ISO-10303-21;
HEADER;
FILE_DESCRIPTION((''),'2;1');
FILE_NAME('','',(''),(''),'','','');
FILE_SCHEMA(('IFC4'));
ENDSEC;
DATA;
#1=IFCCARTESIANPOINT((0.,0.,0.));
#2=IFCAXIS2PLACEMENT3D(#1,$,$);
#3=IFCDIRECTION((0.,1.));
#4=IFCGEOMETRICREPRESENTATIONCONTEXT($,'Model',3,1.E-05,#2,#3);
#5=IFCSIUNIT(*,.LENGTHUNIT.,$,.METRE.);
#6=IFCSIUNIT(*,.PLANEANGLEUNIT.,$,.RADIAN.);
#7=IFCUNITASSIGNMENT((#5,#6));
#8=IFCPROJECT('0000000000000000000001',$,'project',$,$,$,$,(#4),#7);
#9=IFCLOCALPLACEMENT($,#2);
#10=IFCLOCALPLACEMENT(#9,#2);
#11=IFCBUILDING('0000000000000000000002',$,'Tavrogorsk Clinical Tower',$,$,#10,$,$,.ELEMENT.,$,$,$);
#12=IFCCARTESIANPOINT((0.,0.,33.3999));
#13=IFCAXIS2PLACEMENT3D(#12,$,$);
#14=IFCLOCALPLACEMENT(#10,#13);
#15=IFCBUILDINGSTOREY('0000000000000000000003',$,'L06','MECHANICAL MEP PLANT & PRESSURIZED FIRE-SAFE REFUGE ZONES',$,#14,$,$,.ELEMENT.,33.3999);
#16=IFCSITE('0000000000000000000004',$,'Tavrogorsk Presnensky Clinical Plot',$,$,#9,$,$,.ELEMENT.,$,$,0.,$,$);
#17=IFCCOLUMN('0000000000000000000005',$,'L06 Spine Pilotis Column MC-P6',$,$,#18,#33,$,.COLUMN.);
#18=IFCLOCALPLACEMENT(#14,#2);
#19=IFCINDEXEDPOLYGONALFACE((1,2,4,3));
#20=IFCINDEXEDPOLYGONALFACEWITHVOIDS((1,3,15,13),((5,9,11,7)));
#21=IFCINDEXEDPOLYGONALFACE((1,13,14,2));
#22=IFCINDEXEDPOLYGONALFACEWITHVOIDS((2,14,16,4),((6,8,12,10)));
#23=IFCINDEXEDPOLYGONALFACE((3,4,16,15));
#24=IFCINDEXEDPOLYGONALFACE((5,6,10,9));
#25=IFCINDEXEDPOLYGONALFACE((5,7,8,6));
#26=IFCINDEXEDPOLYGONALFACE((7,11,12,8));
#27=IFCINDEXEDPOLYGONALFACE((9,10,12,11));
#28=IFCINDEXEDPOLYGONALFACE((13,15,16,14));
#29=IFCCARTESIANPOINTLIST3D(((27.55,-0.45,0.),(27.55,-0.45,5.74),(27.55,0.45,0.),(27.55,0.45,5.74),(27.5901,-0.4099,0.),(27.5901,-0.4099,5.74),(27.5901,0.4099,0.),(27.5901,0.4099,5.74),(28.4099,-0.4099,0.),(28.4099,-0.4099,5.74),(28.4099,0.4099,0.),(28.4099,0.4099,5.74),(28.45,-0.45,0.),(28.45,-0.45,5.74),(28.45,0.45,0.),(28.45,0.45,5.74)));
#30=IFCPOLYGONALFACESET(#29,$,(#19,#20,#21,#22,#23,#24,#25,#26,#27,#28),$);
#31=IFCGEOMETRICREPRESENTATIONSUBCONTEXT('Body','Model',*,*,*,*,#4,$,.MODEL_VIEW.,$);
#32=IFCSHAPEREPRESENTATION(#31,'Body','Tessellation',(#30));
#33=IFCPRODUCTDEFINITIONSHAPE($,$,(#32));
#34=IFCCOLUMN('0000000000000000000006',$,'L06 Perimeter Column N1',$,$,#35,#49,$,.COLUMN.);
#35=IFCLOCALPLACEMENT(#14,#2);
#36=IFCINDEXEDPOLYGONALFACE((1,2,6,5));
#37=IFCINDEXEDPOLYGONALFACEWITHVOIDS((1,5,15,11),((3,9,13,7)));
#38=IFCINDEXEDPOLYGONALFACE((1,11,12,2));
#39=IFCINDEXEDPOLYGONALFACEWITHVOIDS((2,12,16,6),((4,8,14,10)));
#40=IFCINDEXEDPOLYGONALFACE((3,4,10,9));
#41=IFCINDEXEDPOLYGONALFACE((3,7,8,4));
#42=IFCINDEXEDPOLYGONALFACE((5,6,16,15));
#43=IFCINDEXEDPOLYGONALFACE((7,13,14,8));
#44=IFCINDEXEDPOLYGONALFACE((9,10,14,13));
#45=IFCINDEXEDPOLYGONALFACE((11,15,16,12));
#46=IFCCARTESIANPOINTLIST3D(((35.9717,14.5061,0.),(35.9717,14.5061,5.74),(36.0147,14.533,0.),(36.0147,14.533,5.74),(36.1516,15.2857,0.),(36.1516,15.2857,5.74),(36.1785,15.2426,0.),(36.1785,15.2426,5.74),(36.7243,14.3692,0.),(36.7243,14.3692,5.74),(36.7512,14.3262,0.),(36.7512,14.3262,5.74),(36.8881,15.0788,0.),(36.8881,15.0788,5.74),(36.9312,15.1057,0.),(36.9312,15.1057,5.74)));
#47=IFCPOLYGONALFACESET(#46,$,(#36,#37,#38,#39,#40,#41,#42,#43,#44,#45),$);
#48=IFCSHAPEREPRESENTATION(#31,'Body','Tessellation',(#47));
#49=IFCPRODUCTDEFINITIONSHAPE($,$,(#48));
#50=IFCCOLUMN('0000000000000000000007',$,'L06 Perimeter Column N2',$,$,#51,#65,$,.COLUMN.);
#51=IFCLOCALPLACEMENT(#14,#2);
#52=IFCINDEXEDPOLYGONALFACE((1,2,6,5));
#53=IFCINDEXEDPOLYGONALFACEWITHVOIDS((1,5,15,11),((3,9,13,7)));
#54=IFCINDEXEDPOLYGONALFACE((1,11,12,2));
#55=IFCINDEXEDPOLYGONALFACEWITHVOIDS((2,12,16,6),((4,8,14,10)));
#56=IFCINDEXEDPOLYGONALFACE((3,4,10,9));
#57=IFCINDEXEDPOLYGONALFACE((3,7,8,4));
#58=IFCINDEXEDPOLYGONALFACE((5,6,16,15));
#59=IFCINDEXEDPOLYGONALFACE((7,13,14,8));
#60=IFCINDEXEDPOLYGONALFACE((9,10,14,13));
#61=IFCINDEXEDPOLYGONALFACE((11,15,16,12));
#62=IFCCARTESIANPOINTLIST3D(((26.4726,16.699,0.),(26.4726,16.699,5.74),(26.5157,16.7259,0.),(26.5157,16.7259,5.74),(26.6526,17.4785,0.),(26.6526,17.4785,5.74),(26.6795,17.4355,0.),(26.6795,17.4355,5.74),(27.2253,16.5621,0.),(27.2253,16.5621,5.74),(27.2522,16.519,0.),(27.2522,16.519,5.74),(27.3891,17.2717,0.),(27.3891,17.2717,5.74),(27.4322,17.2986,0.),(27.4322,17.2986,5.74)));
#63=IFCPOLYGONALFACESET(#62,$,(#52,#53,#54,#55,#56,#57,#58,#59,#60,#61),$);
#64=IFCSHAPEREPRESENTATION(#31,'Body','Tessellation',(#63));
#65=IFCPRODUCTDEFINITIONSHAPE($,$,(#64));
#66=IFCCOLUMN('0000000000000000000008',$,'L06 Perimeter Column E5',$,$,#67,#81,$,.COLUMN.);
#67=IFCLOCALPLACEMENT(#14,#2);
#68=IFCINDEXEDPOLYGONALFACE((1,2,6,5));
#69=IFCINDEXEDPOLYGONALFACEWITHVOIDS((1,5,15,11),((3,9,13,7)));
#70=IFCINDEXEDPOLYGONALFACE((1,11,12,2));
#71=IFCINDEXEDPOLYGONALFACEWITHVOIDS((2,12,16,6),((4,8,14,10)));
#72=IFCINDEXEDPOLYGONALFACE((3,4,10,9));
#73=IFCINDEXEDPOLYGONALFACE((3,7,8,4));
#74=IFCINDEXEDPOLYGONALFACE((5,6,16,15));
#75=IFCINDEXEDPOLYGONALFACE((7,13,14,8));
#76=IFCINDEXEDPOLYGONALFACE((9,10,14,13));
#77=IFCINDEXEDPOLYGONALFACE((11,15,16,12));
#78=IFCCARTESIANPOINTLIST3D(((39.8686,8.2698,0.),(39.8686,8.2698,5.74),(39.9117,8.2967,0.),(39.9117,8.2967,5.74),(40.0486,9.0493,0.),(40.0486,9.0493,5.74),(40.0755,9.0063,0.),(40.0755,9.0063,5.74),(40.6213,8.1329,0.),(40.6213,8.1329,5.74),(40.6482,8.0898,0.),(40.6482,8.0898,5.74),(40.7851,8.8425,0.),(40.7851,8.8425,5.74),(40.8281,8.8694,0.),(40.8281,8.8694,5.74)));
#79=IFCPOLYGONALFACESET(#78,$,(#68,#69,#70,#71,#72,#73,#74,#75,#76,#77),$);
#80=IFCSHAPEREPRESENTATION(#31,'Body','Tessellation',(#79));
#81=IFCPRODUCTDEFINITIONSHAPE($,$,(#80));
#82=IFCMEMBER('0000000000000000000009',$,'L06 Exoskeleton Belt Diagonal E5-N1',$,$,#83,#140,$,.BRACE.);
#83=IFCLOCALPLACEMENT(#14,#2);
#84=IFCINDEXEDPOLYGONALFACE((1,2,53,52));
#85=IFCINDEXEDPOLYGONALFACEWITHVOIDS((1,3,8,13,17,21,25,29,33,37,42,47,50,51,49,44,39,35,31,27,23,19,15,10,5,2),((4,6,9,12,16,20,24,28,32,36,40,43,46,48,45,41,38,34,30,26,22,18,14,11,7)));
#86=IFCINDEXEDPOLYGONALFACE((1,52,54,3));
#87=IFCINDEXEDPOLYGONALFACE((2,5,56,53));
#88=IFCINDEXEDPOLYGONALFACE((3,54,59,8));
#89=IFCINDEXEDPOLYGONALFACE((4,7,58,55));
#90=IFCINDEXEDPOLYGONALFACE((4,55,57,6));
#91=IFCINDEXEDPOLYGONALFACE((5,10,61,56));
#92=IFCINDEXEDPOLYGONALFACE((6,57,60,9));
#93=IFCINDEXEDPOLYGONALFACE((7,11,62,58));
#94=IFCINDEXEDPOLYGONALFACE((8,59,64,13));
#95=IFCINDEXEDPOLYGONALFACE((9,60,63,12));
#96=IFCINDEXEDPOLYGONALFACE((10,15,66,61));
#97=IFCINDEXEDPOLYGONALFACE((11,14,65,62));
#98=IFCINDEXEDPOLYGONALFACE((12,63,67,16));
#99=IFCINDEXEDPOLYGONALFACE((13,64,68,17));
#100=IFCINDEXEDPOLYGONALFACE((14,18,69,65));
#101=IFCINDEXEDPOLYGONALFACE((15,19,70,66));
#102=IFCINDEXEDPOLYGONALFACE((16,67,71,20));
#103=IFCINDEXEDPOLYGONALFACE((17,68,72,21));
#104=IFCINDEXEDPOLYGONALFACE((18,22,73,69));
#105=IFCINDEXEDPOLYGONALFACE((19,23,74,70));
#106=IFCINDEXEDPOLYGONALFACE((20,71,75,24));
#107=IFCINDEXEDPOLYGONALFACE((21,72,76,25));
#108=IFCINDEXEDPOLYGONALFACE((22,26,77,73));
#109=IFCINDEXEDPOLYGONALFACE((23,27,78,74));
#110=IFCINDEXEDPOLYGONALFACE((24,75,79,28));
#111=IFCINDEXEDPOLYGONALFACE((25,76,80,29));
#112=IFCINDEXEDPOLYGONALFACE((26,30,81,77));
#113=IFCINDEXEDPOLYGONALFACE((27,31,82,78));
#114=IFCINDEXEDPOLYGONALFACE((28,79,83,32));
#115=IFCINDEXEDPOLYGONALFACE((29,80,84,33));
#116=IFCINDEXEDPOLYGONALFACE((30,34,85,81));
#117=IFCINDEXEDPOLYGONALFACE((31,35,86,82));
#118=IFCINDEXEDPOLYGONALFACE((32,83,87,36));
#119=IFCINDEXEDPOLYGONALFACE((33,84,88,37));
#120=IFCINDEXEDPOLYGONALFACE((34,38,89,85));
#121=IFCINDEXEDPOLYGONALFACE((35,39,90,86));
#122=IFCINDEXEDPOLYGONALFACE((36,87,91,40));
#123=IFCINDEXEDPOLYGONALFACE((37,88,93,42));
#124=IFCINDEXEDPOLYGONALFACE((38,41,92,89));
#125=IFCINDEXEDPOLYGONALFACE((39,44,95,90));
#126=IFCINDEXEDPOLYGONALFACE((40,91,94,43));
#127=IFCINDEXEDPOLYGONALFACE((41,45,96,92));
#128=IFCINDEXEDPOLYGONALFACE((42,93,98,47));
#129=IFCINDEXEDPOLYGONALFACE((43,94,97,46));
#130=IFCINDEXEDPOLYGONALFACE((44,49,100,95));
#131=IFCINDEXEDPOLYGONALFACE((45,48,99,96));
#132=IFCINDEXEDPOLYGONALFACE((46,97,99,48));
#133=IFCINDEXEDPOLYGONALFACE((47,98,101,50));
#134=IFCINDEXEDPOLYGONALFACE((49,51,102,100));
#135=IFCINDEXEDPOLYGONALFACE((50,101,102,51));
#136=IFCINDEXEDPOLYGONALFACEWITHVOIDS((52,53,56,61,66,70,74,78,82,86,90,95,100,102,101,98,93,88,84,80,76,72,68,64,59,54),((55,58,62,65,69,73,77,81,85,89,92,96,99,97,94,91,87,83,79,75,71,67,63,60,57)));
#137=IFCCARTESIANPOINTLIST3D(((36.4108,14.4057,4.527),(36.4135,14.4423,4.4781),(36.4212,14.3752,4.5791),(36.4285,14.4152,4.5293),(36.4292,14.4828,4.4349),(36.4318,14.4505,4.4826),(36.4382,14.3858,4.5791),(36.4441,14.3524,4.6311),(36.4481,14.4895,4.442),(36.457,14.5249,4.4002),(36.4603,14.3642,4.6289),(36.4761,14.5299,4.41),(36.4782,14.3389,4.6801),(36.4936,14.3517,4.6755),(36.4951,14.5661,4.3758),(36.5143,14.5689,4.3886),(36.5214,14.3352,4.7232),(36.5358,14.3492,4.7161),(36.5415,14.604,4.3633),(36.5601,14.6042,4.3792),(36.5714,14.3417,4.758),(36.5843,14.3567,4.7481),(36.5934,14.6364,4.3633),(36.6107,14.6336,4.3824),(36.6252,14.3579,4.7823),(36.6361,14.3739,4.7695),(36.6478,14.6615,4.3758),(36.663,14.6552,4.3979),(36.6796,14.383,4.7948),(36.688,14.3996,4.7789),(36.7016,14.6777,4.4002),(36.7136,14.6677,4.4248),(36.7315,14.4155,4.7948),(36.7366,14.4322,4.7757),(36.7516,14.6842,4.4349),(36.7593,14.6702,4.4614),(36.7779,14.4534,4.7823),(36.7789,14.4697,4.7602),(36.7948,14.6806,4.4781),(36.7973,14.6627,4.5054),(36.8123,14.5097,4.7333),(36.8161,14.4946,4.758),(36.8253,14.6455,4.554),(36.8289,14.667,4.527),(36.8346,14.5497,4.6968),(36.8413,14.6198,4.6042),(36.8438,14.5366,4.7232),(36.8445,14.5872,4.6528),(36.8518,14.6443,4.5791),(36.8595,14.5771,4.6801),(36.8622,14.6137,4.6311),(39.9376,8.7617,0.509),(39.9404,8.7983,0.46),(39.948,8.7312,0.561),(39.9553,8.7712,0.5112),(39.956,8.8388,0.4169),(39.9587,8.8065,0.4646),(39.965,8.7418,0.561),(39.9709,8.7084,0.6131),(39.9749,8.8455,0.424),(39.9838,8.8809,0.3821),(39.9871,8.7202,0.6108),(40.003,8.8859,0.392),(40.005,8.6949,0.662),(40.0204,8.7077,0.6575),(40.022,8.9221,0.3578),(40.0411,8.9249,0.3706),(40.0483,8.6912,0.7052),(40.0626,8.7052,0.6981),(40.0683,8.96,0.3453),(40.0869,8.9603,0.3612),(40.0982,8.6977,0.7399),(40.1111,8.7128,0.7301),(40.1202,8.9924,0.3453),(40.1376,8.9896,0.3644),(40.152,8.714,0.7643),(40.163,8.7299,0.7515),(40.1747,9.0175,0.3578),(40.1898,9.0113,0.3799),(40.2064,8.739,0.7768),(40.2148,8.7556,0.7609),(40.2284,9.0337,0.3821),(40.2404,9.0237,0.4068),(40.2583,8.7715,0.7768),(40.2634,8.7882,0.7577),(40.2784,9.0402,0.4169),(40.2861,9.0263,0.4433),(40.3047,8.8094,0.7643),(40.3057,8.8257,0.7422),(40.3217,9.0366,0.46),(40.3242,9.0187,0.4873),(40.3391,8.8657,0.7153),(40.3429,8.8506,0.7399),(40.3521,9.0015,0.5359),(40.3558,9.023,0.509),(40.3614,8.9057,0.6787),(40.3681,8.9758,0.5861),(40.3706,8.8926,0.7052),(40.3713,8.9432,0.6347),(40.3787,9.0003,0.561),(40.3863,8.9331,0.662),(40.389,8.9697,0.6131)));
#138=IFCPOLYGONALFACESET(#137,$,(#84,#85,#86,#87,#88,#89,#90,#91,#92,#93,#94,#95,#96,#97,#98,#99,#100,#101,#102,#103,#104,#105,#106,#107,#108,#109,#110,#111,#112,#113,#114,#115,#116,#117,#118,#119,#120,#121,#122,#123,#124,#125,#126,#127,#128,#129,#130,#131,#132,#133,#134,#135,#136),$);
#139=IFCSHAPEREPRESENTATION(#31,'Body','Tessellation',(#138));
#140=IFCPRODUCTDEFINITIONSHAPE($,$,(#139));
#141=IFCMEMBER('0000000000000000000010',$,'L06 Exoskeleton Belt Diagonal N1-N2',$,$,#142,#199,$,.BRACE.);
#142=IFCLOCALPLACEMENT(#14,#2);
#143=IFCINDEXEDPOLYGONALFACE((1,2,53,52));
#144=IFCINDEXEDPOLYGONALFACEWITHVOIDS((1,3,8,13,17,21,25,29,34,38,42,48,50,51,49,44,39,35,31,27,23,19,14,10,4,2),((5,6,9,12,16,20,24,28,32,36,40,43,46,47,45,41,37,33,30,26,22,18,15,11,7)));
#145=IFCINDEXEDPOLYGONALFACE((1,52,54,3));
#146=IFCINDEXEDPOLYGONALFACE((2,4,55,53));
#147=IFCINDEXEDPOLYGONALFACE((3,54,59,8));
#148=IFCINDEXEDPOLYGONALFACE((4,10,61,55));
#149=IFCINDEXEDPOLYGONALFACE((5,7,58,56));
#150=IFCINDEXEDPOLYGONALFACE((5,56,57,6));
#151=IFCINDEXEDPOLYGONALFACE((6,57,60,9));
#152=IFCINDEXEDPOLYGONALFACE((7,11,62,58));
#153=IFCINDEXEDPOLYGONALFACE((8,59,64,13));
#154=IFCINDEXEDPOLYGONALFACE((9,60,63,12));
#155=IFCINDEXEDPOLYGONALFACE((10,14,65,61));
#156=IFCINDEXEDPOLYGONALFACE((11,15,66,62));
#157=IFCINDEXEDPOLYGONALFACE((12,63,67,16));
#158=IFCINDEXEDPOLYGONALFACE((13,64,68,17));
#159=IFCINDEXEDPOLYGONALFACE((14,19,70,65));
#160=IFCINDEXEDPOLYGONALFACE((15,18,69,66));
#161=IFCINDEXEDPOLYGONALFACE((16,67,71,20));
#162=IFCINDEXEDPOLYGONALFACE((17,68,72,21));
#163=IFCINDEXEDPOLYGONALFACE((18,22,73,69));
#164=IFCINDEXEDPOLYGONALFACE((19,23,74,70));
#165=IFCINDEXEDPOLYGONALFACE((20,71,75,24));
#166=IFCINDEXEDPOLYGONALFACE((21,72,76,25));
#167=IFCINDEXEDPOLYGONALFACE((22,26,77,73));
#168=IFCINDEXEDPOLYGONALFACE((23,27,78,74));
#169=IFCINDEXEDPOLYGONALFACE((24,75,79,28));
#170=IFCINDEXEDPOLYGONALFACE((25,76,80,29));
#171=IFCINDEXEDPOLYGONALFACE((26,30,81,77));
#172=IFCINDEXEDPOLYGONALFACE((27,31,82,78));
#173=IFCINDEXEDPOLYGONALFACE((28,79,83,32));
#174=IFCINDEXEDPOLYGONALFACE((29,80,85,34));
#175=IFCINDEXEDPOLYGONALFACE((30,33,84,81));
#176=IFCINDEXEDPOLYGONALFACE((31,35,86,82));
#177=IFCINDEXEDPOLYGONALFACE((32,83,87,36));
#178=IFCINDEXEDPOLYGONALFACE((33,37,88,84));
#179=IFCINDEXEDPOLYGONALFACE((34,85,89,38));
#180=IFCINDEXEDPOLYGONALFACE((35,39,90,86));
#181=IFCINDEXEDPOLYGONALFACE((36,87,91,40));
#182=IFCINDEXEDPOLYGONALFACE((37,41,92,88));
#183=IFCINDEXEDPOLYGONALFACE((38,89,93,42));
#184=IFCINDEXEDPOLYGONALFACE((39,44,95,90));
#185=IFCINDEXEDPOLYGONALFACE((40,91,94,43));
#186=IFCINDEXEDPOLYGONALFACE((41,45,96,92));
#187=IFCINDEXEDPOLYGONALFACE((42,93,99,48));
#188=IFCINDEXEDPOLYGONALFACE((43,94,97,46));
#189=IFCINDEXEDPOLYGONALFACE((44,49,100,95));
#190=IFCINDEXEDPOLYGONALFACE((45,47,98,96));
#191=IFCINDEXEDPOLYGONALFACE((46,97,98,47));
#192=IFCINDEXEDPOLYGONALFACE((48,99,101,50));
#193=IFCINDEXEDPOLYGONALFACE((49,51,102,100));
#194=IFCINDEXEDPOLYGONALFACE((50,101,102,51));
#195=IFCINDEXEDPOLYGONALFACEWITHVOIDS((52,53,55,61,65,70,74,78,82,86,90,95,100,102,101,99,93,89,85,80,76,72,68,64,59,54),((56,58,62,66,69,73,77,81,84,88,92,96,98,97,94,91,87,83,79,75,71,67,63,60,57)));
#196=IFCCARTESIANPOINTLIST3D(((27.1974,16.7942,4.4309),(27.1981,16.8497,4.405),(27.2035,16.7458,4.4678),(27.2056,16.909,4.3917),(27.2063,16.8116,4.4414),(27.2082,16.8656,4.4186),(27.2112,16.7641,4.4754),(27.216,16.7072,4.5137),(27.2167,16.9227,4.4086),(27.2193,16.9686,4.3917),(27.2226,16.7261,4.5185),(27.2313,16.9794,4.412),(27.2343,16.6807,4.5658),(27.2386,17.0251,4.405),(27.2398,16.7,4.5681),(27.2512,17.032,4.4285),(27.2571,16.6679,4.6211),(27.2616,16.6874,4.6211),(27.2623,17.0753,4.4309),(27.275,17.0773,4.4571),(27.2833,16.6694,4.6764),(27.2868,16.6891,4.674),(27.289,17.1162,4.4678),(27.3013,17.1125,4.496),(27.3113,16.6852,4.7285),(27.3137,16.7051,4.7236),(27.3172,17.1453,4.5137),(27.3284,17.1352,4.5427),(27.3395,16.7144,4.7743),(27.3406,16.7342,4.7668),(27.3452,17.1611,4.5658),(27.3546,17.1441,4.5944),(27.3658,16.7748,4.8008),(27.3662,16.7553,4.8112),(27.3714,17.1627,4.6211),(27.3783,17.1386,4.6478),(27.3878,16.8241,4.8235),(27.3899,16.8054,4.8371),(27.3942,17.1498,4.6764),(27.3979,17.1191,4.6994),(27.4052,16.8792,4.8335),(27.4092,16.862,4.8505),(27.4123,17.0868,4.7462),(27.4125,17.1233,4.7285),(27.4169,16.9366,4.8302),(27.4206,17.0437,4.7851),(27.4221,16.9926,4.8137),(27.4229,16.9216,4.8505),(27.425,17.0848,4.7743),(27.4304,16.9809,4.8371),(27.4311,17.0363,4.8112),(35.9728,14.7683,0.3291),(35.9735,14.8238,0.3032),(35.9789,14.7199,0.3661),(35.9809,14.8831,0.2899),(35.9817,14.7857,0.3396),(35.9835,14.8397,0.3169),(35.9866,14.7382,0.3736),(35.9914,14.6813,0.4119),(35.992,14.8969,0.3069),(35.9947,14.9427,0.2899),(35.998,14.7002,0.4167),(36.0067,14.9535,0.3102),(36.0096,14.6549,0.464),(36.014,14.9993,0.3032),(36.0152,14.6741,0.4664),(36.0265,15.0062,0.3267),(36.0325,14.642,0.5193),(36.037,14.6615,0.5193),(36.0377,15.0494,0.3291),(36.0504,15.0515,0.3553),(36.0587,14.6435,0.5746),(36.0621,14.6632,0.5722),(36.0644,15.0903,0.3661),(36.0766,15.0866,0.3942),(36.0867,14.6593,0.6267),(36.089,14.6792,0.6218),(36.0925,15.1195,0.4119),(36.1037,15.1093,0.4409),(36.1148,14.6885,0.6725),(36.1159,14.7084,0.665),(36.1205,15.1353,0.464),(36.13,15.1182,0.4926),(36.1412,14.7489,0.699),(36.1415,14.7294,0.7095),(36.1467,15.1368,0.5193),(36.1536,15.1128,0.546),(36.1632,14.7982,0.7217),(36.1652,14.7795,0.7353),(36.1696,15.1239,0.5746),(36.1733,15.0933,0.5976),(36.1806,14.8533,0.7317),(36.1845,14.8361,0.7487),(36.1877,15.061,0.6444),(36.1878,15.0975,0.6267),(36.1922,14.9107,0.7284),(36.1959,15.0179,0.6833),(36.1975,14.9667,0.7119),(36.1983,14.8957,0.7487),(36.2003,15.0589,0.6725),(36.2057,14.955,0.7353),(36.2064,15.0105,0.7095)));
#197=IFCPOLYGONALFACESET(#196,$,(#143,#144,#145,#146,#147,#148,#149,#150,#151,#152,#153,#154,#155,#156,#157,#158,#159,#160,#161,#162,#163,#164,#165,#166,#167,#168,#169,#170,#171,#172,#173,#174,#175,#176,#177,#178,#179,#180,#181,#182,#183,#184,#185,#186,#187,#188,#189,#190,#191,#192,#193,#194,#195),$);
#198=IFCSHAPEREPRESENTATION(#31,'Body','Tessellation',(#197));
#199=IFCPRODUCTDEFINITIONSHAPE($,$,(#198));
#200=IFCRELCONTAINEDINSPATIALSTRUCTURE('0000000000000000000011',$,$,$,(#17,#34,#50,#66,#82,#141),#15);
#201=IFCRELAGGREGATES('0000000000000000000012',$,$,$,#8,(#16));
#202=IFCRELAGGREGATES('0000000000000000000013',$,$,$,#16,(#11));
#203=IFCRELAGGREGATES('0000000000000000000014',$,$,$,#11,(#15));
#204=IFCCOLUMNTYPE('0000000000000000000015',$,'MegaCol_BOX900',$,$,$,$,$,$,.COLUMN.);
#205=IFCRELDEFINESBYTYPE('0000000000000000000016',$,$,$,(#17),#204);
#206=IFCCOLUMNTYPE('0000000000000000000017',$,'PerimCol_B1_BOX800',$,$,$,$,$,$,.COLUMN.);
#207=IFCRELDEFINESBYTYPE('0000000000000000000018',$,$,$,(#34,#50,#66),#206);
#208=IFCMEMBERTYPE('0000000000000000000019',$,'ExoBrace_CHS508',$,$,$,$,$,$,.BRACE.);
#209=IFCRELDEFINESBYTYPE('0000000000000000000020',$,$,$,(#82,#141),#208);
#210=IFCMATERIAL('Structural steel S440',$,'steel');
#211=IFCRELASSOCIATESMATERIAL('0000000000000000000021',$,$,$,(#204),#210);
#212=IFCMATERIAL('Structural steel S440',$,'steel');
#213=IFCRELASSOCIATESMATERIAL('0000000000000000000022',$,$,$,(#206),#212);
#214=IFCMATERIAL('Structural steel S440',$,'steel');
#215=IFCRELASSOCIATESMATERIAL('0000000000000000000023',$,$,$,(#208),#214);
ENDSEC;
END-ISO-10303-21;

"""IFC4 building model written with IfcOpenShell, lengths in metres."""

from ifc_helpers import new_model, si_unit, direction, frame, origin, origin_2d, place, context, subcontext, project, spatial, hollow_rectangle, hollow_circle, extrude, material, material_profile, profile_set, type_object, element, save


model = new_model("IFC4")

# Units and contexts
model_context = context("Model", 3, precision=1e-05, world=origin(), true_north=direction((0.0, 1.0)))
body_context = subcontext(model_context, "Body", "Model", "MODEL_VIEW")
ifc_project = project(units=[si_unit("LENGTHUNIT", "METRE"), si_unit("PLANEANGLEUNIT", "RADIAN")], contexts=[model_context])

# Site, building, storey
site_placement = place(None, origin())
site = spatial("IfcSite", under=ifc_project, at=site_placement, Name="Tavrogorsk Presnensky Clinical Plot", CompositionType="ELEMENT", RefElevation=0.0)
building_placement = place(site_placement, origin())
building = spatial("IfcBuilding", under=site, at=building_placement, Name="Tavrogorsk Clinical Tower", CompositionType="ELEMENT")
storey_placement = place(building_placement, frame((0.0, 0.0, 33.3999)))
storey = spatial("IfcBuildingStorey", under=building, at=storey_placement, Name="L06", Description="MECHANICAL MEP PLANT & PRESSURIZED FIRE-SAFE REFUGE ZONES", CompositionType="ELEMENT", Elevation=33.3999)

# Columns
ifc_material_1 = material(Name="Structural steel S440", Category="steel")
ifc_material_profile_1 = material_profile(ifc_material_1, hollow_rectangle(XDim=0.8999, YDim=0.8999, WallThickness=0.04, at=origin_2d()), Name="BOX-900x900x40")
ifc_profile_set_1 = profile_set([ifc_material_profile_1], Name="Structural steel S440")
column_type_1 = type_object("IfcColumnType", Name="MegaCol_BOX900", PredefinedType="COLUMN", material=ifc_profile_set_1)
column_placement = place(storey_placement, frame((28.0, 0.0, 0.0), z_axis=(0.0, 0.0, 1.0), x_axis=(1.0, 0.0, 0.0)))
element("IfcColumn", 1, at=column_placement, inside=storey, type_object=column_type_1, Name="L06 Spine Pilotis Column MC-P6", PredefinedType="COLUMN", context=body_context, shape_type="SweptSolid", body=[
    extrude(hollow_rectangle(XDim=0.8999, YDim=0.8999, WallThickness=0.04, at=origin_2d()), origin(), (0.0, 0.0, 1.0), 5.74),
])
ifc_material_2 = material(Name="Structural steel S440", Category="steel")
ifc_material_profile_2 = material_profile(ifc_material_2, hollow_rectangle(XDim=0.8, YDim=0.8, WallThickness=0.0359, at=origin_2d()), Name="BOX-800x800x36")
ifc_profile_set_2 = profile_set([ifc_material_profile_2], Name="Structural steel S440")
column_type_2 = type_object("IfcColumnType", Name="PerimCol_B1_BOX800", PredefinedType="COLUMN", material=ifc_profile_set_2)
for number, where, z_axis, x_axis, name in (
    (2, (36.4514, 14.8059, 0.0), (0.0, 0.0, 1.0), (0.97437, -0.224951, 0.0), "L06 Perimeter Column N1"),
    (3, (26.9524, 16.9988, 0.0), (0.0, 0.0, 1.0), (0.97437, -0.224951, 0.0), "L06 Perimeter Column N2"),
    (4, (40.3484, 8.5696, 0.0), (0.0, 0.0, 1.0), (0.97437, -0.224951, 0.0), "L06 Perimeter Column E5"),
):
    element("IfcColumn", number, at=place(storey_placement, frame(where, z_axis=z_axis, x_axis=x_axis)), inside=storey, type_object=column_type_2, Name=name, PredefinedType="COLUMN", context=body_context, shape_type="SweptSolid", body=[
        extrude(hollow_rectangle(XDim=0.8, YDim=0.8, WallThickness=0.0359, at=origin_2d()), origin(), (0.0, 0.0, 1.0), 5.74),
    ])

# Members
ifc_material_3 = material(Name="Structural steel S440", Category="steel")
ifc_material_profile_3 = material_profile(ifc_material_3, hollow_circle(Radius=0.2539, WallThickness=0.02, at=origin_2d()), Name="CHS-508x20")
ifc_profile_set_3 = profile_set([ifc_material_profile_3], Name="Structural steel S440")
member_type_1 = type_object("IfcMemberType", Name="ExoBrace_CHS508", PredefinedType="BRACE", material=ifc_profile_set_3)
member_1_placement = place(storey_placement, frame((40.1633, 8.8657, 0.561), z_axis=(-0.453659, 0.725993, 0.516844), x_axis=(-0.848044, -0.529926, 0.0)))
element("IfcMember", 5, at=member_1_placement, inside=storey, type_object=member_type_1, Name="L06 Exoskeleton Belt Diagonal E5-N1", PredefinedType="BRACE", context=body_context, shape_type="SweptSolid", body=[
    extrude(hollow_circle(Radius=0.2539, WallThickness=0.02, at=origin_2d()), origin(), (0.0, 0.0, 1.0), 7.7742),
])
member_2_placement = place(storey_placement, frame((36.0896, 14.8894, 0.5193), z_axis=(-0.886736, 0.204711, 0.414479), x_axis=(-0.224943, -0.974372, 0.0)))
element("IfcMember", 6, at=member_2_placement, inside=storey, type_object=member_type_1, Name="L06 Exoskeleton Belt Diagonal N1-N2", PredefinedType="BRACE", context=body_context, shape_type="SweptSolid", body=[
    extrude(hollow_circle(Radius=0.2539, WallThickness=0.02, at=origin_2d()), origin(), (0.0, 0.0, 1.0), 9.8962),
])

save(model, "model.ifc")
